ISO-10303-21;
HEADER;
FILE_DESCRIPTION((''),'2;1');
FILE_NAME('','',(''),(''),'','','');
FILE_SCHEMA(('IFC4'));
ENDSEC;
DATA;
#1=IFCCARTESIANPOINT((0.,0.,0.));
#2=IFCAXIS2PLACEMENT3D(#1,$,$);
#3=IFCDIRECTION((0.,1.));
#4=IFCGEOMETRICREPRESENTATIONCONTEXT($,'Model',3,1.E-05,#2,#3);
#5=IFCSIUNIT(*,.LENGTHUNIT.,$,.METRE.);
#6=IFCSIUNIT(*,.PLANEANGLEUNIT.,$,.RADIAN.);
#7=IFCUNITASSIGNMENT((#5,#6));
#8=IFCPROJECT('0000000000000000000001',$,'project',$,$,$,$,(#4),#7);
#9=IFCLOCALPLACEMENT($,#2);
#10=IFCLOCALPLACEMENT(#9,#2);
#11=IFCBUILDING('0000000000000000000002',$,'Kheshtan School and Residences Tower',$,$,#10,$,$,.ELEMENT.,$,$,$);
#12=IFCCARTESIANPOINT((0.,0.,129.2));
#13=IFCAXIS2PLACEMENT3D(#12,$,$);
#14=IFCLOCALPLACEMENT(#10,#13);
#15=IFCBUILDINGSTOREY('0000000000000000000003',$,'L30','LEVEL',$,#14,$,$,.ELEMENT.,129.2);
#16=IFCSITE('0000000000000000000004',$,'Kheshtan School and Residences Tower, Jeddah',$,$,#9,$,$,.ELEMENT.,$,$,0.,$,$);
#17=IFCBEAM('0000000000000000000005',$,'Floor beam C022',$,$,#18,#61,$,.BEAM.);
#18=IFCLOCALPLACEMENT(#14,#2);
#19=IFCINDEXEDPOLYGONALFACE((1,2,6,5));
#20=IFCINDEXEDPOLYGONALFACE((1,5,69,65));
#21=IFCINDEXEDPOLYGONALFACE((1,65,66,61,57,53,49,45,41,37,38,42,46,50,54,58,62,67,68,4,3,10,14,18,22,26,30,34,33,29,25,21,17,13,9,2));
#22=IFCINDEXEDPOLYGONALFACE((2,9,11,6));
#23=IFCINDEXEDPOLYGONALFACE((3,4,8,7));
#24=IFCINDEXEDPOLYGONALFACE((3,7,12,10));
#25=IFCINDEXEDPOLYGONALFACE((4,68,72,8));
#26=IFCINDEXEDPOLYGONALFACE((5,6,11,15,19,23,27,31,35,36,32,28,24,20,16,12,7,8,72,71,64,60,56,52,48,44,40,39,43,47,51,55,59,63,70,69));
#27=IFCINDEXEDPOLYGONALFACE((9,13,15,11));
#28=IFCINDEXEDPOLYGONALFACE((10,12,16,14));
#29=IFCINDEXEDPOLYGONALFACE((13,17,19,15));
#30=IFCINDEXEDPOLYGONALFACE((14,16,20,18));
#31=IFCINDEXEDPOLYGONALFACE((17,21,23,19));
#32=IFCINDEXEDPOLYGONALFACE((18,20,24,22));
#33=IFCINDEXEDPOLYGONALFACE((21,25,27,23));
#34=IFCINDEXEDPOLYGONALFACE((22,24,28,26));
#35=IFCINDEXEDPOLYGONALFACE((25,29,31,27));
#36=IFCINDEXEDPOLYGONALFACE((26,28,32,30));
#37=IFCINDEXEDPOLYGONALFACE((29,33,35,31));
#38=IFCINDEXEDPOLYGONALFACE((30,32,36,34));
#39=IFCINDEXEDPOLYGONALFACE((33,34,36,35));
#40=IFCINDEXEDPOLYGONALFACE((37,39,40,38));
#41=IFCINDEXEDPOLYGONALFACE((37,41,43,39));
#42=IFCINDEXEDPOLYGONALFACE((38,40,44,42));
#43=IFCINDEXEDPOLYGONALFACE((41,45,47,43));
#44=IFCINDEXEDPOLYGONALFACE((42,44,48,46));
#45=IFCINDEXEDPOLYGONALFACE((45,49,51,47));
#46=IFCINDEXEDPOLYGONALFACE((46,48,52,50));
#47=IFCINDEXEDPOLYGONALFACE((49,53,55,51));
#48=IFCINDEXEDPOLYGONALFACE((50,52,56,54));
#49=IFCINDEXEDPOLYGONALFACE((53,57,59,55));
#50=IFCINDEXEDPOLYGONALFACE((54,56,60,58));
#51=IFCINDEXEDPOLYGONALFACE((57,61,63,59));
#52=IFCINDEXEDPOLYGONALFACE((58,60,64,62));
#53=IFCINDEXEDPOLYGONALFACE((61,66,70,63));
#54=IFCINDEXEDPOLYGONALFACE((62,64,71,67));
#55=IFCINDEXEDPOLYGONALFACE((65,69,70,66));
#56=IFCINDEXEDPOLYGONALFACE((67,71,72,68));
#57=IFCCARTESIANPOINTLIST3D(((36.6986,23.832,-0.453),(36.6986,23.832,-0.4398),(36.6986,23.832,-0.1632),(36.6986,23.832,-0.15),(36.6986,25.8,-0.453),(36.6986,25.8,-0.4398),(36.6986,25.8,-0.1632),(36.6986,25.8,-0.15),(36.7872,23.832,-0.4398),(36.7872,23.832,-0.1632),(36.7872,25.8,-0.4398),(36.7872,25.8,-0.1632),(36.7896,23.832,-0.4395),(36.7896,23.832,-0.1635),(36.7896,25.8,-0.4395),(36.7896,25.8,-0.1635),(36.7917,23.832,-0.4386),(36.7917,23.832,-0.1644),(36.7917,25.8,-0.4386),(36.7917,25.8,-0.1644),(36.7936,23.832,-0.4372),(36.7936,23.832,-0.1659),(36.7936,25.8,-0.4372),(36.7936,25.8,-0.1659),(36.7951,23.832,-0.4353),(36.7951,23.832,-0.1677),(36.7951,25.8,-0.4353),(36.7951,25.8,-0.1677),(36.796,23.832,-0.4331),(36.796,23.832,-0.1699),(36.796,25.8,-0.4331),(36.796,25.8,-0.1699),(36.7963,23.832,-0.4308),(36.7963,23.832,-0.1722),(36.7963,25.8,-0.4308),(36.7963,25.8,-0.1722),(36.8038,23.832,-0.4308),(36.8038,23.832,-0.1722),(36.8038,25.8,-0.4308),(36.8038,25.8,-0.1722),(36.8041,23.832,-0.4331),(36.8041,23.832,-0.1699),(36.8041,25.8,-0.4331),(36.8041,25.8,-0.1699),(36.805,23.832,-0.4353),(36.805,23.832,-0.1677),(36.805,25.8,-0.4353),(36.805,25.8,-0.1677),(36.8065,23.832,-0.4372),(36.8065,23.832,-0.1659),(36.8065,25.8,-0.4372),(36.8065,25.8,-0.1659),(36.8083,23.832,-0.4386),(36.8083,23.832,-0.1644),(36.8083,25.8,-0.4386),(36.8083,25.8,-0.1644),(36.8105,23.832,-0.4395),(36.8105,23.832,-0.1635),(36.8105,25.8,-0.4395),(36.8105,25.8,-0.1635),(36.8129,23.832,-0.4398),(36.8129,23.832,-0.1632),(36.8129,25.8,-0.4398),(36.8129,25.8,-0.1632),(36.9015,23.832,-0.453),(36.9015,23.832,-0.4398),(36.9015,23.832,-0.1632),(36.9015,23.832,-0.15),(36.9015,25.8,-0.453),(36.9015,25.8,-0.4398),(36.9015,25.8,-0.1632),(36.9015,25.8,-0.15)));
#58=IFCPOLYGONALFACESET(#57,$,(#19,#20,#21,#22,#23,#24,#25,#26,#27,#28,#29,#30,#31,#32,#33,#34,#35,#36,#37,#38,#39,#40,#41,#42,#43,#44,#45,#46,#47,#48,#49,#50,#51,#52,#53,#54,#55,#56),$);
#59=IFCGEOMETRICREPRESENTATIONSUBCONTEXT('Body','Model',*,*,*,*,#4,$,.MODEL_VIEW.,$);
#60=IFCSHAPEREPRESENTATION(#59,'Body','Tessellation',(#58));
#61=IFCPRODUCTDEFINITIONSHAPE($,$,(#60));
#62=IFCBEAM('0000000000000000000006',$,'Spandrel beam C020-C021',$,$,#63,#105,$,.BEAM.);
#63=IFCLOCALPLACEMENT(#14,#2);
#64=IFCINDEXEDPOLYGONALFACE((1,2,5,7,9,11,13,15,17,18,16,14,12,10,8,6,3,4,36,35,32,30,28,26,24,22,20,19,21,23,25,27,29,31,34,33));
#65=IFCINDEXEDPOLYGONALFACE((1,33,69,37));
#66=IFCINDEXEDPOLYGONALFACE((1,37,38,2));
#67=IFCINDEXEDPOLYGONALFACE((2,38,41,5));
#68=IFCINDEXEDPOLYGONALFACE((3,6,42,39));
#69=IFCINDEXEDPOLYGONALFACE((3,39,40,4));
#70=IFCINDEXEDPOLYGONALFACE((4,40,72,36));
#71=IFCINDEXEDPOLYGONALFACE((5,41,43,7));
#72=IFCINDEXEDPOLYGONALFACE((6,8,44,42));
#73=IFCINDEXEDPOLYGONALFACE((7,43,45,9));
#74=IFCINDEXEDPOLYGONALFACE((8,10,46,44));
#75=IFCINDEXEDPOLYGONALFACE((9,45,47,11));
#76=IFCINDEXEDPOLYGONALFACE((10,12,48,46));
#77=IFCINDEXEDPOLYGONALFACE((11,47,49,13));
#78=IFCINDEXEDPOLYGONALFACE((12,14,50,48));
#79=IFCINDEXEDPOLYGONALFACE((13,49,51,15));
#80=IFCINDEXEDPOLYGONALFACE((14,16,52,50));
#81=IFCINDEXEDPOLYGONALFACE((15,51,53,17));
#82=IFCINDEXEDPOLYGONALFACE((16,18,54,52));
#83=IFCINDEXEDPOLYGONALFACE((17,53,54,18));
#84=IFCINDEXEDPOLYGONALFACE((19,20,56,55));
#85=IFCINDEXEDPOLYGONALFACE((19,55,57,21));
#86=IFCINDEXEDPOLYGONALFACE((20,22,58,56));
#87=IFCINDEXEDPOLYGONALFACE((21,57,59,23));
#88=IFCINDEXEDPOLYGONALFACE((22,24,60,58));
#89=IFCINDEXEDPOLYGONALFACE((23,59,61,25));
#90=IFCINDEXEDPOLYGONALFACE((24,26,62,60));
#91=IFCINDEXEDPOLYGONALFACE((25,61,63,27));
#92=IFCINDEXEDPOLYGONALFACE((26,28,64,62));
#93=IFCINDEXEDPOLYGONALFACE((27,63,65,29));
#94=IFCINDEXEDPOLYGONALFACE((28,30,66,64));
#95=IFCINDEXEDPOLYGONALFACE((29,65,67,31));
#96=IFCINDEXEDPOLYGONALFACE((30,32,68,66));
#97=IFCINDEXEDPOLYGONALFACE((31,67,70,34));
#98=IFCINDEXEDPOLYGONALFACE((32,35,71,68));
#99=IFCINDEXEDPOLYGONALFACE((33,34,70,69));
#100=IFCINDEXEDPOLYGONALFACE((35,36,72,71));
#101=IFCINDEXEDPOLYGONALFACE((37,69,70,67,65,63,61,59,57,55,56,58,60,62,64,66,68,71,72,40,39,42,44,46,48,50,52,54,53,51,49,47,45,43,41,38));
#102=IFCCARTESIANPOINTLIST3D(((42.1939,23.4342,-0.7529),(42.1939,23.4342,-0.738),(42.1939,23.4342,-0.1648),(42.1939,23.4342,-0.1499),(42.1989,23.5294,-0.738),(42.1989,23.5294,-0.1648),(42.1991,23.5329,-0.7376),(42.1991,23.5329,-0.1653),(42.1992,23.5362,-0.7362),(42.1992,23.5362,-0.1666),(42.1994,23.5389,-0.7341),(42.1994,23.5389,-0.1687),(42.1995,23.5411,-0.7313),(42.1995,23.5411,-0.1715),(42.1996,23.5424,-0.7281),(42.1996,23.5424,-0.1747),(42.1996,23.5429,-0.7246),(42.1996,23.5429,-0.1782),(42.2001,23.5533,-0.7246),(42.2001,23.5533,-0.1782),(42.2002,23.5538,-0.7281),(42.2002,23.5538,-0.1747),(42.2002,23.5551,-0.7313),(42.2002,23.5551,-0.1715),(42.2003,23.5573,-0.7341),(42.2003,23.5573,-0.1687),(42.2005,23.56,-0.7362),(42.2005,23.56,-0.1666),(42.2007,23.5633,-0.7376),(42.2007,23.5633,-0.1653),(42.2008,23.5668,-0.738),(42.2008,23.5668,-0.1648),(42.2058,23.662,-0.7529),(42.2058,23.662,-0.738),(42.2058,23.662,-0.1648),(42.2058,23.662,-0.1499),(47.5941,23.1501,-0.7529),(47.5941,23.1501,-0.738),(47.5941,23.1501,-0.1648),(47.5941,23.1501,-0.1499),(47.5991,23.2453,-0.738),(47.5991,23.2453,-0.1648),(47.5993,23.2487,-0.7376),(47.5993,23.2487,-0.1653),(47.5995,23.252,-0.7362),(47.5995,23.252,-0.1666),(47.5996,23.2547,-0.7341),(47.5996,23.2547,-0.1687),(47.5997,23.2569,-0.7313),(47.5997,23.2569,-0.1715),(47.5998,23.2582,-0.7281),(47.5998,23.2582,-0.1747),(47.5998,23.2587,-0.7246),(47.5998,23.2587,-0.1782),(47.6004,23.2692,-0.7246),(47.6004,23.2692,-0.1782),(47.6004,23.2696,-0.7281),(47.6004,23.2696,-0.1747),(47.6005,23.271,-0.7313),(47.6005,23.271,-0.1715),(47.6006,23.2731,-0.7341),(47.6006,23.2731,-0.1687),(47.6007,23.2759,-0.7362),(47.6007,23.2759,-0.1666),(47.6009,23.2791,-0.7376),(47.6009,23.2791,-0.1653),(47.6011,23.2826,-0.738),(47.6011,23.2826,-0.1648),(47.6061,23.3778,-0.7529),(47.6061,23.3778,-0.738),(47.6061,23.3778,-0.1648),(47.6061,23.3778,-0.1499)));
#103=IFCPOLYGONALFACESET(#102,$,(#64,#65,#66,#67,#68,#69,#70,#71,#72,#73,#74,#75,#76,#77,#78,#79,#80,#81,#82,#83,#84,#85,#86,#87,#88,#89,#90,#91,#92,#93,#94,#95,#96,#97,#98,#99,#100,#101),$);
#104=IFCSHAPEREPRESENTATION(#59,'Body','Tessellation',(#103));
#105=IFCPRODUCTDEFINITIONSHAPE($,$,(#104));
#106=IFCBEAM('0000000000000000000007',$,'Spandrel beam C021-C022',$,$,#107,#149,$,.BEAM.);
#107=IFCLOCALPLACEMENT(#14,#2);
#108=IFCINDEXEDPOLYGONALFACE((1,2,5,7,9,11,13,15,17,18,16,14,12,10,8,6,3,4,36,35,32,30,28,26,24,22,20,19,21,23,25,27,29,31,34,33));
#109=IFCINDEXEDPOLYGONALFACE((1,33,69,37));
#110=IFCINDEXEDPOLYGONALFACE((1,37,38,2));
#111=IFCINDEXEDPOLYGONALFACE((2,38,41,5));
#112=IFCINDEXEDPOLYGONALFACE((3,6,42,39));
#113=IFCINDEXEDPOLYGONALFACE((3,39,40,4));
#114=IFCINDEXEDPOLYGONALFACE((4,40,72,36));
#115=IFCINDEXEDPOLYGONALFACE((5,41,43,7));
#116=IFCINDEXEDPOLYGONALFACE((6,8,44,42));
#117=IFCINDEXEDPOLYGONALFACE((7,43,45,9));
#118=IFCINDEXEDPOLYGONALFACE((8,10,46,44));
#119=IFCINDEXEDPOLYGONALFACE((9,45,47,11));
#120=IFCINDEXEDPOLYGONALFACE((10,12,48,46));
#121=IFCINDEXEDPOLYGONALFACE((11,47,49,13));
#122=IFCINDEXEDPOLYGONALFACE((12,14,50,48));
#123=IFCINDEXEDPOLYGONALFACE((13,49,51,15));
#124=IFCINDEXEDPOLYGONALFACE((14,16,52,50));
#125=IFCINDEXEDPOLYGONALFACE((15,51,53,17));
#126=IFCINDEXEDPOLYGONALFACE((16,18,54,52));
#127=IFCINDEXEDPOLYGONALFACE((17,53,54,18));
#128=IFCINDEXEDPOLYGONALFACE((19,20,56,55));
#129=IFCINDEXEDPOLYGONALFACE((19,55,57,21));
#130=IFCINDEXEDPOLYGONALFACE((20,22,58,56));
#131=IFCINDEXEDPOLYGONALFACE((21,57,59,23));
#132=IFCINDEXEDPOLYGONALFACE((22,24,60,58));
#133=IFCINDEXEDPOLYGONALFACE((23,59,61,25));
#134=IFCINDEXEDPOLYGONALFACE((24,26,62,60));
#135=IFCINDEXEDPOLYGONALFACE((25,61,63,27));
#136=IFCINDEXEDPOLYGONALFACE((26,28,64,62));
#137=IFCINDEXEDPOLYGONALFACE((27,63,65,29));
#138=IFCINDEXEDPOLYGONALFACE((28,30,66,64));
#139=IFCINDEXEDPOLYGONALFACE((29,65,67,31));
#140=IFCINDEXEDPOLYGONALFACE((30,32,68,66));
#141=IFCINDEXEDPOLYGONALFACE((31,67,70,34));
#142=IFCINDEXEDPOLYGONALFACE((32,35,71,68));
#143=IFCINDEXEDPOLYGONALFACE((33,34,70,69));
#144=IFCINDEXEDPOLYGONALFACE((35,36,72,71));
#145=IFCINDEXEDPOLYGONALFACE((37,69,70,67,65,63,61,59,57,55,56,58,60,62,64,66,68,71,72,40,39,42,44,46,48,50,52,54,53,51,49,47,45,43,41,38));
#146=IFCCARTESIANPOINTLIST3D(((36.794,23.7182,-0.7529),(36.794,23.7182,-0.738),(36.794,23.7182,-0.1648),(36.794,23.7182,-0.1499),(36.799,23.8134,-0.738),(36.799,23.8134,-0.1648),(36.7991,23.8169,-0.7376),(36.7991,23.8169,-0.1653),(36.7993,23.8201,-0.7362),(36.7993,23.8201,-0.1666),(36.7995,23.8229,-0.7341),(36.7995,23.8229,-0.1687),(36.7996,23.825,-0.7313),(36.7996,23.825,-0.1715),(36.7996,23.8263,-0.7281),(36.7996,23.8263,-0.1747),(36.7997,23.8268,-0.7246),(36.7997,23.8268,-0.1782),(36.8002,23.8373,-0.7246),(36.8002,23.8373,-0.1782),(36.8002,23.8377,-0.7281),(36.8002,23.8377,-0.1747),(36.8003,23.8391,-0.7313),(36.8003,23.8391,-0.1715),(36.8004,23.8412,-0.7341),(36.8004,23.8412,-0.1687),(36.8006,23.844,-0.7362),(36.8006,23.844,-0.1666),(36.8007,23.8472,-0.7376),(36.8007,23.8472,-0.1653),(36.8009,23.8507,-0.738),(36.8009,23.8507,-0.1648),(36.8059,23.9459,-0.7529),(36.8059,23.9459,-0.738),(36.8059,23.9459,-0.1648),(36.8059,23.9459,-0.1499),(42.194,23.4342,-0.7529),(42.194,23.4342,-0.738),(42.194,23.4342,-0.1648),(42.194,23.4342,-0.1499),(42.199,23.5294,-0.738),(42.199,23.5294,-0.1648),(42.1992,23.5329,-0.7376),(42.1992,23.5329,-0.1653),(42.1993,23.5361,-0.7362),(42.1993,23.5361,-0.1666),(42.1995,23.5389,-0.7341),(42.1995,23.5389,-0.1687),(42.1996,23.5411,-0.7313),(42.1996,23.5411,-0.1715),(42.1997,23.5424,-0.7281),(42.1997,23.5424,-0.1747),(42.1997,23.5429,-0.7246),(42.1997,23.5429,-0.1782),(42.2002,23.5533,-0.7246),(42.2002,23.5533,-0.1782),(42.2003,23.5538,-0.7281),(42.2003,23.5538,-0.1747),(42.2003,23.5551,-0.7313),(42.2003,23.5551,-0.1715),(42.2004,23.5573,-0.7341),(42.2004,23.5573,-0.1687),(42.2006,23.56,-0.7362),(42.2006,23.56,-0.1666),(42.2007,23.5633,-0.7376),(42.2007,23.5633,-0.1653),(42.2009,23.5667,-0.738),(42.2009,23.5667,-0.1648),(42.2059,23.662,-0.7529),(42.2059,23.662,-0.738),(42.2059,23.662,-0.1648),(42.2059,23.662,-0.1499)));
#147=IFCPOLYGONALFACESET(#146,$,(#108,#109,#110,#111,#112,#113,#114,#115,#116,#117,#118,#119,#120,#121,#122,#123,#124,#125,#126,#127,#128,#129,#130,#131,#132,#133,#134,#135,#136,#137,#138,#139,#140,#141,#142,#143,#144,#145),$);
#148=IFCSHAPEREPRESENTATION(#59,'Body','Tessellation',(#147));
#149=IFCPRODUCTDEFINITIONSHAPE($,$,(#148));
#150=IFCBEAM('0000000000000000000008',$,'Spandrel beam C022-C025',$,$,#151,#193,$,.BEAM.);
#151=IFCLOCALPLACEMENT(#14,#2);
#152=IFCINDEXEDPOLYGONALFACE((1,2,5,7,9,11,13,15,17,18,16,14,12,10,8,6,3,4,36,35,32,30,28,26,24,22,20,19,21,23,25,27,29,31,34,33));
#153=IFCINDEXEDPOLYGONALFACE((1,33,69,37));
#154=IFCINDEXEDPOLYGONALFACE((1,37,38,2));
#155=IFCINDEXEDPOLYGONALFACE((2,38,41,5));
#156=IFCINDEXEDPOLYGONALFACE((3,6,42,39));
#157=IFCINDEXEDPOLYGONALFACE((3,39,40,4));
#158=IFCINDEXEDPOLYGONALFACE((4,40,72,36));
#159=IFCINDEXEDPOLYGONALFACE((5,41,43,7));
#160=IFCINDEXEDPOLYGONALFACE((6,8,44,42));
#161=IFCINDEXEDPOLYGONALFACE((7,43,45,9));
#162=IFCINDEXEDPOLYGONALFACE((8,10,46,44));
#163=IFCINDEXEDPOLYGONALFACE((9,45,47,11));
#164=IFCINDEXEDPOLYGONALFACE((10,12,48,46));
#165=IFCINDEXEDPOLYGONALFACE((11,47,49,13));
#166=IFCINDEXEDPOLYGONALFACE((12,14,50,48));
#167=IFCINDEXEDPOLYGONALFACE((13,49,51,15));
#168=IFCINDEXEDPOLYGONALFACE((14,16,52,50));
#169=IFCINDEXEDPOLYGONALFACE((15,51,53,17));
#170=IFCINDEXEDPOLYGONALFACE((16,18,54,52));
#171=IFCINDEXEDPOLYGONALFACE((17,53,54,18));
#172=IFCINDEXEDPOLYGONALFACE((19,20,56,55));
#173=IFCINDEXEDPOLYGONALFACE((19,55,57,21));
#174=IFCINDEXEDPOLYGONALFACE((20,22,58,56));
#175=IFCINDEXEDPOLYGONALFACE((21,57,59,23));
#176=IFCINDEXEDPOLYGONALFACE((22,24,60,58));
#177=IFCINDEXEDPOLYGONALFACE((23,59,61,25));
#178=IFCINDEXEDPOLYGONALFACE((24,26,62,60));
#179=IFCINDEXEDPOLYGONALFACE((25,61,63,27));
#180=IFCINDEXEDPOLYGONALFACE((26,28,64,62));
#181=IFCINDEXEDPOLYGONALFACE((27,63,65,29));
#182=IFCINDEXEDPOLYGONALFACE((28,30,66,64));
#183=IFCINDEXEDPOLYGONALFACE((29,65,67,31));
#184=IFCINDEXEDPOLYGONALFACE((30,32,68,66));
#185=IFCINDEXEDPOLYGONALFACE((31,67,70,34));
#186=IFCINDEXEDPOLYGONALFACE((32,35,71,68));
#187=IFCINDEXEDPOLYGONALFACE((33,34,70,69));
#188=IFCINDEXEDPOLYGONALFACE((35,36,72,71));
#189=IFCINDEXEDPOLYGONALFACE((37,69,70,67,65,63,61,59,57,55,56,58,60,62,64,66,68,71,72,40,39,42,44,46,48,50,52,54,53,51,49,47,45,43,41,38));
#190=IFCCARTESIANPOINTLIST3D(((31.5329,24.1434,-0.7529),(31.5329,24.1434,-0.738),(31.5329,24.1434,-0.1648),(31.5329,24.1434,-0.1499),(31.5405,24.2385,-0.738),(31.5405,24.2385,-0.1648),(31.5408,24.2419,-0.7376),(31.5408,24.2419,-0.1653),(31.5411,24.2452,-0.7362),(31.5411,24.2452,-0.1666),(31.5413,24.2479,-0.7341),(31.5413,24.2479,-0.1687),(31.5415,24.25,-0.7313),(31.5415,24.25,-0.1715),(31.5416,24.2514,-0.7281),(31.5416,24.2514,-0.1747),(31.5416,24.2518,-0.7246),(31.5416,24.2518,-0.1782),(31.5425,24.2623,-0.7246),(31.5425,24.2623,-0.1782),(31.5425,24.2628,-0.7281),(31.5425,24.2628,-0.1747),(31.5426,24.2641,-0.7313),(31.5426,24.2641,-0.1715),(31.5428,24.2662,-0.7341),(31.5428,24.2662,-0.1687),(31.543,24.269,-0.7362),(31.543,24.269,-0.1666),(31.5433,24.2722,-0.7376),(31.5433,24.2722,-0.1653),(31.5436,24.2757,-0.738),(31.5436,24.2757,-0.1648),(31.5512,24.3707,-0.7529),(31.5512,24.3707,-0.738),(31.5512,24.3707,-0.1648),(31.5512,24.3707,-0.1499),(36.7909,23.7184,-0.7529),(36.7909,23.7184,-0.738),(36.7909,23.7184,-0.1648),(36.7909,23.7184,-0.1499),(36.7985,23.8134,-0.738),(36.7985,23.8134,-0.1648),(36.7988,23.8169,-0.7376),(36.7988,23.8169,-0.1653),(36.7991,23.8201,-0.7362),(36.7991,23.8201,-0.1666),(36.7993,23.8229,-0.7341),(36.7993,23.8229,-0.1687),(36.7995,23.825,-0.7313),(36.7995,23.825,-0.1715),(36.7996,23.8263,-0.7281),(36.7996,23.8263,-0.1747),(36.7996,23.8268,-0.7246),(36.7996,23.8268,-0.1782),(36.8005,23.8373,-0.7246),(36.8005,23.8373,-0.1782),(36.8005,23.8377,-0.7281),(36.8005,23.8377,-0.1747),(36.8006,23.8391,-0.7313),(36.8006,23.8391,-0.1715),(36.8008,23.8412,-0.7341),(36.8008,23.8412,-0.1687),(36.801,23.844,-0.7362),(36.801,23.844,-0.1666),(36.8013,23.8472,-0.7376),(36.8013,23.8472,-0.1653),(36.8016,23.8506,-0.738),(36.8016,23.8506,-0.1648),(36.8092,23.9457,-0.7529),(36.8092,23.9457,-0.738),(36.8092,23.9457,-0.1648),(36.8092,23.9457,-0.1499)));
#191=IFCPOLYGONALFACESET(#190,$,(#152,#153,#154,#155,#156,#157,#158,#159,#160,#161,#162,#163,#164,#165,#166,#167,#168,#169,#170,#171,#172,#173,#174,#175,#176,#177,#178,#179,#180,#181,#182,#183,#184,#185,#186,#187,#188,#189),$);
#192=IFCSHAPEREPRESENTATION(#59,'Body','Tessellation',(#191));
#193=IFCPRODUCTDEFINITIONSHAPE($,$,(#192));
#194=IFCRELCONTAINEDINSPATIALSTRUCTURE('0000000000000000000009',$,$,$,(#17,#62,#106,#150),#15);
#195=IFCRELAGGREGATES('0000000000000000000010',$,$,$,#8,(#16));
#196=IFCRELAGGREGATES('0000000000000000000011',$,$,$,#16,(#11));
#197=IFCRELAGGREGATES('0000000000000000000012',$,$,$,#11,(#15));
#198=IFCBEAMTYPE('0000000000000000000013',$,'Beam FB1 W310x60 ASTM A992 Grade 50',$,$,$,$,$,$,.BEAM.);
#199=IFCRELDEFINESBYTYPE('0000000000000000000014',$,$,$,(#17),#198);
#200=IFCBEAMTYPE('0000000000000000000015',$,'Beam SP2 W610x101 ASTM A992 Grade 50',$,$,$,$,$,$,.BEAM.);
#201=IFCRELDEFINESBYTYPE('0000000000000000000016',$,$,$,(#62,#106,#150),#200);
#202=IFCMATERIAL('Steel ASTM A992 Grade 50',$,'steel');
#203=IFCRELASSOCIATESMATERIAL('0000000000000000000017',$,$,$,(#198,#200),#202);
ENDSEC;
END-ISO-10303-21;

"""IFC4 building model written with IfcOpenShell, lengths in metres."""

from ifc_helpers import new_model, si_unit, direction, frame, origin, origin_2d, place, context, subcontext, project, spatial, i_section, extrude, material, material_profile, profile_set, type_object, element, save


model = new_model("IFC4")

# Units and contexts
model_context = context("Model", 3, precision=1e-05, world=origin(), true_north=direction((0.0, 1.0)))
body_context = subcontext(model_context, "Body", "Model", "MODEL_VIEW")
ifc_project = project(units=[si_unit("LENGTHUNIT", "METRE"), si_unit("PLANEANGLEUNIT", "RADIAN")], contexts=[model_context])

# Site, building, storey
site_placement = place(None, origin())
site = spatial("IfcSite", under=ifc_project, at=site_placement, Name="Kheshtan School and Residences Tower, Jeddah", CompositionType="ELEMENT", RefElevation=0.0)
building_placement = place(site_placement, origin())
building = spatial("IfcBuilding", under=site, at=building_placement, Name="Kheshtan School and Residences Tower", CompositionType="ELEMENT")
storey_placement = place(building_placement, frame((0.0, 0.0, 129.2)))
storey = spatial("IfcBuildingStorey", under=building, at=storey_placement, Name="L30", Description="LEVEL", CompositionType="ELEMENT", Elevation=129.2)

# Shared definitions
ifc_material_1 = material(Name="Steel ASTM A992 Grade 50", Category="steel")

# Beams
ifc_material_profile_1 = material_profile(ifc_material_1, i_section(OverallWidth=0.2029, OverallDepth=0.303, WebThickness=0.0076, FlangeThickness=0.0132, FilletRadius=0.009, at=origin_2d()), Name="W310x60")
ifc_profile_set_1 = profile_set([ifc_material_profile_1], Name="Steel ASTM A992 Grade 50")
beam_type_1 = type_object("IfcBeamType", Name="Beam FB1 W310x60 ASTM A992 Grade 50", PredefinedType="BEAM", material=ifc_profile_set_1)
beam_1_placement = place(storey_placement, frame((36.8, 23.832, -0.3015), z_axis=(0.0, 1.0, 0.0), x_axis=(-1.0, 0.0, 0.0)))
element("IfcBeam", 1, at=beam_1_placement, inside=storey, type_object=beam_type_1, Name="Floor beam C022", PredefinedType="BEAM", context=body_context, shape_type="SweptSolid", body=[
    extrude(i_section(OverallWidth=0.2029, OverallDepth=0.303, WebThickness=0.0076, FlangeThickness=0.0132, FilletRadius=0.009, at=origin_2d()), origin(), (0.0, 0.0, 1.0), 1.968),
])
ifc_material_profile_2 = material_profile(ifc_material_1, i_section(OverallWidth=0.228, OverallDepth=0.603, WebThickness=0.0105, FlangeThickness=0.0149, FilletRadius=0.0134, at=origin_2d()), Name="W610x101")
ifc_profile_set_2 = profile_set([ifc_material_profile_2], Name="Steel ASTM A992 Grade 50")
beam_type_2 = type_object("IfcBeamType", Name="Beam SP2 W610x101 ASTM A992 Grade 50", PredefinedType="BEAM", material=ifc_profile_set_2)
beam_2_placement = place(storey_placement, frame((47.6001, 23.2639, -0.4514), z_axis=(-0.998618, 0.052552, 0.0), x_axis=(-0.052552, -0.998618, 0.0)))
element("IfcBeam", 2, at=beam_2_placement, inside=storey, type_object=beam_type_2, Name="Spandrel beam C020-C021", PredefinedType="BEAM", context=body_context, shape_type="SweptSolid", body=[
    extrude(i_section(OverallWidth=0.228, OverallDepth=0.603, WebThickness=0.0105, FlangeThickness=0.0149, FilletRadius=0.0134, at=origin_2d()), origin(), (0.0, 0.0, 1.0), 5.4077),
])
beam_3_placement = place(storey_placement, frame((42.2, 23.5481, -0.4514), z_axis=(-0.99862, 0.052509, 0.0), x_axis=(-0.052509, -0.99862, 0.0)))
element("IfcBeam", 3, at=beam_3_placement, inside=storey, type_object=beam_type_2, Name="Spandrel beam C021-C022", PredefinedType="BEAM", context=body_context, shape_type="SweptSolid", body=[
    extrude(i_section(OverallWidth=0.228, OverallDepth=0.603, WebThickness=0.0105, FlangeThickness=0.0149, FilletRadius=0.0134, at=origin_2d()), origin(), (0.0, 0.0, 1.0), 5.4075),
])
beam_4_placement = place(storey_placement, frame((36.8, 23.832, -0.4514), z_axis=(-0.996749, 0.080575, 0.0), x_axis=(-0.080575, -0.996749, 0.0)))
element("IfcBeam", 4, at=beam_4_placement, inside=storey, type_object=beam_type_2, Name="Spandrel beam C022-C025", PredefinedType="BEAM", context=body_context, shape_type="SweptSolid", body=[
    extrude(i_section(OverallWidth=0.228, OverallDepth=0.603, WebThickness=0.0105, FlangeThickness=0.0149, FilletRadius=0.0134, at=origin_2d()), origin(), (0.0, 0.0, 1.0), 5.2751),
])

save(model, "model.ifc")
